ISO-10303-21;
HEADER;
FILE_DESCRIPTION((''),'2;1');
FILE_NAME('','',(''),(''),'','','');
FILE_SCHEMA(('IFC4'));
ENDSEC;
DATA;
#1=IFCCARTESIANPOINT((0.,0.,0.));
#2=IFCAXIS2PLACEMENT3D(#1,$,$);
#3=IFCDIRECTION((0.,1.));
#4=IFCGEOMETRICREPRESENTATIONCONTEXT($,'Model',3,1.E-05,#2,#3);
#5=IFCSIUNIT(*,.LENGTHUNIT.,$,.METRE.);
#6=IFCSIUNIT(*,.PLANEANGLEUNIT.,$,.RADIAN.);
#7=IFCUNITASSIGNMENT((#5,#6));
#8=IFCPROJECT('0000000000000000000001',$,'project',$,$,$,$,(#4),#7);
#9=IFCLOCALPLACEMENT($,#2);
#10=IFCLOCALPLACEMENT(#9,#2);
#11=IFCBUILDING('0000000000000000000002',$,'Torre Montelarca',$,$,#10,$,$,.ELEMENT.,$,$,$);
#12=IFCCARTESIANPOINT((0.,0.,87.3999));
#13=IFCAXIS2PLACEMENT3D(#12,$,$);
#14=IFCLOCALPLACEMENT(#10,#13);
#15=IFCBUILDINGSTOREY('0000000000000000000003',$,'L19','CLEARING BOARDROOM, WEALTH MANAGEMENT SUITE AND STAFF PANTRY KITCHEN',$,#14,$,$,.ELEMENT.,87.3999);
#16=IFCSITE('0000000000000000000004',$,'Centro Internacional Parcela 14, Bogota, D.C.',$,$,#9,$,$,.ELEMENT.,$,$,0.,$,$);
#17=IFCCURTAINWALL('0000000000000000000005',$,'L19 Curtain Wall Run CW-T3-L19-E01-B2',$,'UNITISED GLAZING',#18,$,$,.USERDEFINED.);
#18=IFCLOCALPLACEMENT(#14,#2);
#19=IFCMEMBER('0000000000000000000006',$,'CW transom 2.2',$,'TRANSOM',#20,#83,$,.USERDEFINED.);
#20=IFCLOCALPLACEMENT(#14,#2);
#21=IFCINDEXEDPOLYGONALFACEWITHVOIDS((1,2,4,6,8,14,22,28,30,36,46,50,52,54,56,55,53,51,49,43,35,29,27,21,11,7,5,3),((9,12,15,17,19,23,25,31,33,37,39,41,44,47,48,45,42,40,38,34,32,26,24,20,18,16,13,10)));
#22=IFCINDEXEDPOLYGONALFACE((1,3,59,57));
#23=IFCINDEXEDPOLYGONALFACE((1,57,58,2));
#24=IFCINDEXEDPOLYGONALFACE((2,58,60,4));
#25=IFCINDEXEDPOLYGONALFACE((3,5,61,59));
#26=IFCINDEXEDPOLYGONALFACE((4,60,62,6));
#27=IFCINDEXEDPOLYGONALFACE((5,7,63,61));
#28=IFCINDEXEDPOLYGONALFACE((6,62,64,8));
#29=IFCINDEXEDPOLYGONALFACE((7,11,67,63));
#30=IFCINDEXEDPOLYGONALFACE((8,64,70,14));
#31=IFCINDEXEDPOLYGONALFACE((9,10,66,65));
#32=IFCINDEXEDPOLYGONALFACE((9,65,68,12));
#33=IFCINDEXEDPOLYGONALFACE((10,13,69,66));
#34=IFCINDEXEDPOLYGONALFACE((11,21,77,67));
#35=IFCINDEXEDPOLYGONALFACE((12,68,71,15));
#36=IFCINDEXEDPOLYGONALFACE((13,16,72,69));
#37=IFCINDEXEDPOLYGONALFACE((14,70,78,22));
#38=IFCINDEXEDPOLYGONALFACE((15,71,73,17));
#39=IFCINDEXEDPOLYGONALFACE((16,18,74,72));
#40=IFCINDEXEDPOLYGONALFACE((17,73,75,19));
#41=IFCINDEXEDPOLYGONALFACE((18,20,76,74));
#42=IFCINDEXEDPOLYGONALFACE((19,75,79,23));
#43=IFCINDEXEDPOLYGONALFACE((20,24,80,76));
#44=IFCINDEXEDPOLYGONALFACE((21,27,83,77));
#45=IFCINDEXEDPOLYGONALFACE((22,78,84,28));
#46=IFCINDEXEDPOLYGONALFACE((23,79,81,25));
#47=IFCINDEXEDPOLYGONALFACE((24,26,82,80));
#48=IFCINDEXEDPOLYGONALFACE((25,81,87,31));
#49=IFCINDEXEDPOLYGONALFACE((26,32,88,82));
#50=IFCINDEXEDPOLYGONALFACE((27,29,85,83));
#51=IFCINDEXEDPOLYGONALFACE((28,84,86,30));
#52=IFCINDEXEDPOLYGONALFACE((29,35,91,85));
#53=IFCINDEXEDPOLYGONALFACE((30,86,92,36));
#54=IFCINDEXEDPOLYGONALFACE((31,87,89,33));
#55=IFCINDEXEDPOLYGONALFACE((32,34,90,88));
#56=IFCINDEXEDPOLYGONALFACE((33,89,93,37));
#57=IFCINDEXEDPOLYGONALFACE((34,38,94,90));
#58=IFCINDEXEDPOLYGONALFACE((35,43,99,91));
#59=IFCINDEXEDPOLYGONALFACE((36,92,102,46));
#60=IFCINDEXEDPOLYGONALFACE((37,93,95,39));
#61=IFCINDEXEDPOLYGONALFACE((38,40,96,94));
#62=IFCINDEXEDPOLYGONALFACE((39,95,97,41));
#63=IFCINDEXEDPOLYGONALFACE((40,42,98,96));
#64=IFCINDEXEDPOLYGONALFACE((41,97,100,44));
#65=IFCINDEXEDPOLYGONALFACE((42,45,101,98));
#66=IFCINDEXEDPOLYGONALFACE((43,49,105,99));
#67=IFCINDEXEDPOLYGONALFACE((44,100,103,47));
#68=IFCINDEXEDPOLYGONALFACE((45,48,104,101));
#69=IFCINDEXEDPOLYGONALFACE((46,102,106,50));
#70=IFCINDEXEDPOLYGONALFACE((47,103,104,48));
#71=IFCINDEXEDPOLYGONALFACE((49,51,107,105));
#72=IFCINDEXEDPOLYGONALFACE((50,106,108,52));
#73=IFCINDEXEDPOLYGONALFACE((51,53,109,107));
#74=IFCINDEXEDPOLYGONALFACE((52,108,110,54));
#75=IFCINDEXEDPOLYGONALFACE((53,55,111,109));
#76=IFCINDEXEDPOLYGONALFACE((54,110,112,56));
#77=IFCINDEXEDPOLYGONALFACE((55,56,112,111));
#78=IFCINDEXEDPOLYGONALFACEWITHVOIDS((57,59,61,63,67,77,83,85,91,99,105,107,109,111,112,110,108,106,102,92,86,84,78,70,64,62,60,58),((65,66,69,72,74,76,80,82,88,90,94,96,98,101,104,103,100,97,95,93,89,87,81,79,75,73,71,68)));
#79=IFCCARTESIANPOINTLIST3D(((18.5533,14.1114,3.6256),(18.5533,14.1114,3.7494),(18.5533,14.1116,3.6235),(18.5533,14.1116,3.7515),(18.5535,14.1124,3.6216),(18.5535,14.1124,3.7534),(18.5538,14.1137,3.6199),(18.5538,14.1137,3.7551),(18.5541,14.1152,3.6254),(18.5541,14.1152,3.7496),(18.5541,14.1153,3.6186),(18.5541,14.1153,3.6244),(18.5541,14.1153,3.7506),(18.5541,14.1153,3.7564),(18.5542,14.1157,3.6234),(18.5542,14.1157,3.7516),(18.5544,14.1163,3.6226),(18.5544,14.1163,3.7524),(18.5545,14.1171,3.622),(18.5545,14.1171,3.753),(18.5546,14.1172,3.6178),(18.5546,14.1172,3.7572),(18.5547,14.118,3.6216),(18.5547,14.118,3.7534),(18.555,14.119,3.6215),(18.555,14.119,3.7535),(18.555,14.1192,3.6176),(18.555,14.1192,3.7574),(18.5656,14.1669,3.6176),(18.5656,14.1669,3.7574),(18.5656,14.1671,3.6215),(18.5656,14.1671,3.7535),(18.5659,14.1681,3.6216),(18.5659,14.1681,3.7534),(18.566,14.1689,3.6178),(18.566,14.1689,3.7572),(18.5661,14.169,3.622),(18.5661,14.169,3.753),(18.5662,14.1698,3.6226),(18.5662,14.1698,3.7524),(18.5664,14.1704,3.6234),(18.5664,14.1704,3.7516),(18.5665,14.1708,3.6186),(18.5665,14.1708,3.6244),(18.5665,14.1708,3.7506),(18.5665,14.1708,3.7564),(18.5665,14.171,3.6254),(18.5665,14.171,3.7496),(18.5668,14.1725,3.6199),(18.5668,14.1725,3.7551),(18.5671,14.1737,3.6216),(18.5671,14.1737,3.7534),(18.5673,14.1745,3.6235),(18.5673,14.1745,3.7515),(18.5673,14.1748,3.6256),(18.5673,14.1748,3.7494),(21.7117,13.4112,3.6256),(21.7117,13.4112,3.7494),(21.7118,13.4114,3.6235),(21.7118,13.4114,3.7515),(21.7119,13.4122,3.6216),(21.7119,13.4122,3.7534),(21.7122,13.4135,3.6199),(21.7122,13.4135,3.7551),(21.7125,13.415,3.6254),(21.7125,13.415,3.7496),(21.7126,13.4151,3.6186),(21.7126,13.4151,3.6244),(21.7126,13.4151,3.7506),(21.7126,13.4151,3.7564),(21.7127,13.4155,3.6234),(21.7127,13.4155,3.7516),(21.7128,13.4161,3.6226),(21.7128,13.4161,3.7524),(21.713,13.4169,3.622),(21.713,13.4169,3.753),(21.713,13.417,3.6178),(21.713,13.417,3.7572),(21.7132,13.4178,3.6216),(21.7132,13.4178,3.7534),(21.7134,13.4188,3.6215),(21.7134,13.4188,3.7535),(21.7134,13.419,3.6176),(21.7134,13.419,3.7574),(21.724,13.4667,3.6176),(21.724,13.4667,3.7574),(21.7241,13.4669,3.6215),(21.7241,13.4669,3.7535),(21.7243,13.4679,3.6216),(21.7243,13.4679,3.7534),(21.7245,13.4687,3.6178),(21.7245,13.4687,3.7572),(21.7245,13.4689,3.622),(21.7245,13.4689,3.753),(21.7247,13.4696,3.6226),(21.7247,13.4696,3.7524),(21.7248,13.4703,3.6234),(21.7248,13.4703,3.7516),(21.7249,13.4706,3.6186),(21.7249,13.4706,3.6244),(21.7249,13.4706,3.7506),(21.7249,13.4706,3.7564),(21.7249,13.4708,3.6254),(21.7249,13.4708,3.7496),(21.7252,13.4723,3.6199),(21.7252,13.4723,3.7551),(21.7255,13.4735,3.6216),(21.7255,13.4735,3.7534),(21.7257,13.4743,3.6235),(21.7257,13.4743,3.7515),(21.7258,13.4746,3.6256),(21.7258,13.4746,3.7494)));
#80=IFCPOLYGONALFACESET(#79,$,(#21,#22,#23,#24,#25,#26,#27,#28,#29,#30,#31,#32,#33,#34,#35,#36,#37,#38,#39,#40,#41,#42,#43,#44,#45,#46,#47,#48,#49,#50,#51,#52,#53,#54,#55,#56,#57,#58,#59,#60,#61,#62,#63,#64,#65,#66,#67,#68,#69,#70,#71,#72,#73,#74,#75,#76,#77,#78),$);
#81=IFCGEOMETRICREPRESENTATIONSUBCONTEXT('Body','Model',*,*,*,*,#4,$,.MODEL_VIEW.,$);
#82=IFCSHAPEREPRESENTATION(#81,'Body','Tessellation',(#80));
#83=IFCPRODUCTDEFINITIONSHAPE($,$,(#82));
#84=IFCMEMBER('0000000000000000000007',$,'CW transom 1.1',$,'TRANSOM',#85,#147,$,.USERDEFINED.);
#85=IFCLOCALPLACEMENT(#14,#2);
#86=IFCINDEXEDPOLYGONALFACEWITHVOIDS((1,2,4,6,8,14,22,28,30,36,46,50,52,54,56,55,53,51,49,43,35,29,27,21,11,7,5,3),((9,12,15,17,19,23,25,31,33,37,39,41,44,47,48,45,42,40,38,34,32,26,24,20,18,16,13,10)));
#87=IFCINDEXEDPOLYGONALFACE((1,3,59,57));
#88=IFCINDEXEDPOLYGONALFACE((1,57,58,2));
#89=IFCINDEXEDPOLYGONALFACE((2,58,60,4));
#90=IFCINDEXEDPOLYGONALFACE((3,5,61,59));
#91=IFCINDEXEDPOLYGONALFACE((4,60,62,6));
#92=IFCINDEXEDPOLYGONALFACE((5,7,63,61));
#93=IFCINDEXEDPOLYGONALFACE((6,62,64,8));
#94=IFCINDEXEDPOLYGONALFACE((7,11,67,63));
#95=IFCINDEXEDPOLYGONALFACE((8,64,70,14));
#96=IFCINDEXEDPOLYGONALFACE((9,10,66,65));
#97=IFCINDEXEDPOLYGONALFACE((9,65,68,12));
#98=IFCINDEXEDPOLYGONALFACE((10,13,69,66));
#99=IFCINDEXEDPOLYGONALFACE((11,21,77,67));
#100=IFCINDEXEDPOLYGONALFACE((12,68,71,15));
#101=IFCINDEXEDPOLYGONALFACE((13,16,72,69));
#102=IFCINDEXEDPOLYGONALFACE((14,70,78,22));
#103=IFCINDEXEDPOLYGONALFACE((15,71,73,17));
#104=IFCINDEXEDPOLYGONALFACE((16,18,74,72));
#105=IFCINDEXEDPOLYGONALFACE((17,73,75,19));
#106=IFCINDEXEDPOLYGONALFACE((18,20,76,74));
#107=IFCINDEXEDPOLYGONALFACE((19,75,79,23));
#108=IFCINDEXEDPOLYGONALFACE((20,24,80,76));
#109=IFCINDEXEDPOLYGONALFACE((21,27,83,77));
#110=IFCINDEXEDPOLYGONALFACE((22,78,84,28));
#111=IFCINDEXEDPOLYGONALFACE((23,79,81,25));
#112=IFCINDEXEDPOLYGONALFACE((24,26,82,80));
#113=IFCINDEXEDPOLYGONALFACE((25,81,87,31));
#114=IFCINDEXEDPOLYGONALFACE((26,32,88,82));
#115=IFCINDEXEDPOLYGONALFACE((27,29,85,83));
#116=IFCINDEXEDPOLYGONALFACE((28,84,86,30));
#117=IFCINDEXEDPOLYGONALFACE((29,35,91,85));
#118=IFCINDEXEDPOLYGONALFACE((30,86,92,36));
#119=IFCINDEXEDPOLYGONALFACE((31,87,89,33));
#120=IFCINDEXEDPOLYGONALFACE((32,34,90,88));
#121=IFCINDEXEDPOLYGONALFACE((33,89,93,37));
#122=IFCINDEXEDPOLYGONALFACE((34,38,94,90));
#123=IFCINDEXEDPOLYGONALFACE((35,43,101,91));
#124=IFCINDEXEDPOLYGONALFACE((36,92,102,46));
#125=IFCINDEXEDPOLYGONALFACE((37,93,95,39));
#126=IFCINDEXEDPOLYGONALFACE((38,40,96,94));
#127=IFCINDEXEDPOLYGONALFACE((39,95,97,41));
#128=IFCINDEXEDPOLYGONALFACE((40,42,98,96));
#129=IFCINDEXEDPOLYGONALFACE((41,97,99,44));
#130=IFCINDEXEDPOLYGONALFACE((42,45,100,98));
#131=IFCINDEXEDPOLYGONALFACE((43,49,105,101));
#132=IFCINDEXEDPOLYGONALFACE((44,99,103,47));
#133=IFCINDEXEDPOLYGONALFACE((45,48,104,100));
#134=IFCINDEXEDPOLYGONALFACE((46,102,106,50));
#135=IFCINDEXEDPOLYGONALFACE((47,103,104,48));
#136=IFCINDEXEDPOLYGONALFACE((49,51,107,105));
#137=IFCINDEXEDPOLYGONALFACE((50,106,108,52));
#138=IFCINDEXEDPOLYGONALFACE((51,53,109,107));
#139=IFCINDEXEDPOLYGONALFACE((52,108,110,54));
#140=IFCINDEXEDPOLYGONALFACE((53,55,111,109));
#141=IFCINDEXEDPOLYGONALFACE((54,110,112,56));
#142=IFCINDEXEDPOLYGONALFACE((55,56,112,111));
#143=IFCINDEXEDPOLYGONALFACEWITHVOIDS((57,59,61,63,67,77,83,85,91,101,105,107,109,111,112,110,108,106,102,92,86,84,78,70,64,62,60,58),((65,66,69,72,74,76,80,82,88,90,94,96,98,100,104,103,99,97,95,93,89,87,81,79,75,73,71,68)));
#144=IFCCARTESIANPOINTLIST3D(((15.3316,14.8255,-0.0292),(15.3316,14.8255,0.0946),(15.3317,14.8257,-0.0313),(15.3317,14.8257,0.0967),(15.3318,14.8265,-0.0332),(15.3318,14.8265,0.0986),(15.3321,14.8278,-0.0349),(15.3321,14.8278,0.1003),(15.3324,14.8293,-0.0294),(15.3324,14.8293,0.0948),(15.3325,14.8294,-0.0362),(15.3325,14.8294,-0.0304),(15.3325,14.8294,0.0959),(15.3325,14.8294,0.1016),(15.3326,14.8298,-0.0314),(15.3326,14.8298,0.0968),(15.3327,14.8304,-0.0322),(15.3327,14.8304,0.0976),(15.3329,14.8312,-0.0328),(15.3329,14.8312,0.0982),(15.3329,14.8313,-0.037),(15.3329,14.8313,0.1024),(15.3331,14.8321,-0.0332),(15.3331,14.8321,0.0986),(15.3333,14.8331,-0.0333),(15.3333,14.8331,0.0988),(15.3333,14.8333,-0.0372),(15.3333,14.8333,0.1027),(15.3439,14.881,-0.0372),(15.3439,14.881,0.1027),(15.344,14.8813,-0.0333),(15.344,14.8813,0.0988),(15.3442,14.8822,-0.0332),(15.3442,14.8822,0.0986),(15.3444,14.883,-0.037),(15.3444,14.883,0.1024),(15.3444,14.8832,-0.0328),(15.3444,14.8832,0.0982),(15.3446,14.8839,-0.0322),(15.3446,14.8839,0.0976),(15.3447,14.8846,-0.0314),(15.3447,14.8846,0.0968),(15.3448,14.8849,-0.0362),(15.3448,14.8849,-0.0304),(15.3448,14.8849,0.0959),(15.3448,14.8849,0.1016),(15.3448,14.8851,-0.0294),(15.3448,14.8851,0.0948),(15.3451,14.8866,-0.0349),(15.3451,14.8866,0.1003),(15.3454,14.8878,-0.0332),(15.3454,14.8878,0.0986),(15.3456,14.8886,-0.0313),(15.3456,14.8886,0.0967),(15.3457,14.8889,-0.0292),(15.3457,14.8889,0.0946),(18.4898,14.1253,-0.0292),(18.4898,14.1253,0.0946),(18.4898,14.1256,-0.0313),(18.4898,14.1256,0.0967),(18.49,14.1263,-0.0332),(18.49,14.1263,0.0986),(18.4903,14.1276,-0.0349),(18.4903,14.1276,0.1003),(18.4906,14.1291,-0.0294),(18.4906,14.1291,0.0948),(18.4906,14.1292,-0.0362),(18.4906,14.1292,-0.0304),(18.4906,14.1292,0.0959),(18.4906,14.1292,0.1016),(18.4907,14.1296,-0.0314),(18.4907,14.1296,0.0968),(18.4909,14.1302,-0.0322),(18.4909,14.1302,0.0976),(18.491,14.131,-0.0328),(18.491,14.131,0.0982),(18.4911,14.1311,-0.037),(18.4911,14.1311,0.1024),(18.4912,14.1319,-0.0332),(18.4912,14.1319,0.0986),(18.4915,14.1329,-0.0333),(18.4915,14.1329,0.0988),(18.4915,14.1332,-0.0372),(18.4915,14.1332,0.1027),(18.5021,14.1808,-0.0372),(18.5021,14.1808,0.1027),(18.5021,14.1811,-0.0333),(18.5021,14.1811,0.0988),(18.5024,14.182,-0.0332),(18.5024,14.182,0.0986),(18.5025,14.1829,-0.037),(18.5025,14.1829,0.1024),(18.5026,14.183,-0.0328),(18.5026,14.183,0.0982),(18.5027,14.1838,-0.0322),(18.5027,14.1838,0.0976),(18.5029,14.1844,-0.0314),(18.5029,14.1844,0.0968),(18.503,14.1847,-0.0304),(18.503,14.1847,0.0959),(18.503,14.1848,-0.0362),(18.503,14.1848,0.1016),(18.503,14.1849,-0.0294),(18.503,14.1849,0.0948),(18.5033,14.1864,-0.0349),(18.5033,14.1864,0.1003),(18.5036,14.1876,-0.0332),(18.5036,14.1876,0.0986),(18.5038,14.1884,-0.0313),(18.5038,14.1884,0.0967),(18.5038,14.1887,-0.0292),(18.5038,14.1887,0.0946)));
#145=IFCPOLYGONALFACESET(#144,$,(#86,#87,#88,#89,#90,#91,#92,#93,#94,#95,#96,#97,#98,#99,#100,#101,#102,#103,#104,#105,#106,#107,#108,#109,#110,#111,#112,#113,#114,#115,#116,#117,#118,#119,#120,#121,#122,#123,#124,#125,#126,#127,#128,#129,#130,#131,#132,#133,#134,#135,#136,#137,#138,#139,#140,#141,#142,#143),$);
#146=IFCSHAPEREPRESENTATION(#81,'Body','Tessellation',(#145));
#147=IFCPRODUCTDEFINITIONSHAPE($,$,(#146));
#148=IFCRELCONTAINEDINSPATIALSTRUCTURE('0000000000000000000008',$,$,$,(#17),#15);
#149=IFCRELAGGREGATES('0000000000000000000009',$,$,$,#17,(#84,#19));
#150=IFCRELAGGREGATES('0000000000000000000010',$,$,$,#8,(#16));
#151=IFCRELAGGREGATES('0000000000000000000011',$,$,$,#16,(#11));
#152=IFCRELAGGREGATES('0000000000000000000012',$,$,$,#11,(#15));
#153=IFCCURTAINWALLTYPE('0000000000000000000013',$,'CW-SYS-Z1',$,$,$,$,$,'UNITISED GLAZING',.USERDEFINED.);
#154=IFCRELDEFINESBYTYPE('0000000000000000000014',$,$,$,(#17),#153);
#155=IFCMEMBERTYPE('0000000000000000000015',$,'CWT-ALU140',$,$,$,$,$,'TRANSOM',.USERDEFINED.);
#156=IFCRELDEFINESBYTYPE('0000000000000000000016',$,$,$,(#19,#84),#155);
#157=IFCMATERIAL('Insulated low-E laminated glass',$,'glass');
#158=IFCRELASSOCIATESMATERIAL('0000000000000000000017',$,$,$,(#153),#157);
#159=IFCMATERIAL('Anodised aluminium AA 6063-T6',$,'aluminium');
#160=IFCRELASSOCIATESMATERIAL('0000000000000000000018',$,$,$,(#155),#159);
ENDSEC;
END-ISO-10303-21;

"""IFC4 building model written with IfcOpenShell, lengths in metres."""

from ifc_helpers import new_model, si_unit, direction, frame, origin, origin_2d, place, context, subcontext, project, spatial, hollow_rectangle, extrude, source, transform, mapped, material, material_profile, profile_set, type_object, element, aggregate, save


model = new_model("IFC4")

# Units and contexts
model_context = context("Model", 3, precision=1e-05, world=origin(), true_north=direction((0.0, 1.0)))
body_context = subcontext(model_context, "Body", "Model", "MODEL_VIEW")
ifc_project = project(units=[si_unit("LENGTHUNIT", "METRE"), si_unit("PLANEANGLEUNIT", "RADIAN")], contexts=[model_context])

# Site, building, storey
site_placement = place(None, origin())
site = spatial("IfcSite", under=ifc_project, at=site_placement, Name="Centro Internacional Parcela 14, Bogota, D.C.", CompositionType="ELEMENT", RefElevation=0.0)
building_placement = place(site_placement, origin())
building = spatial("IfcBuilding", under=site, at=building_placement, Name="Torre Montelarca", CompositionType="ELEMENT")
storey_placement = place(building_placement, frame((0.0, 0.0, 87.3999)))
storey = spatial("IfcBuildingStorey", under=building, at=storey_placement, Name="L19", Description="CLEARING BOARDROOM, WEALTH MANAGEMENT SUITE AND STAFF PANTRY KITCHEN", CompositionType="ELEMENT", Elevation=87.3999)

# Curtain wall, members
ifc_material_1 = material(Name="Insulated low-E laminated glass", Category="glass")
curtain_wall_type = type_object("IfcCurtainWallType", Name="CW-SYS-Z1", ElementType="UNITISED GLAZING", PredefinedType="USERDEFINED", material=ifc_material_1)
ifc_material_2 = material(Name="Anodised aluminium AA 6063-T6", Category="aluminium")
ifc_material_profile_1 = material_profile(ifc_material_2, hollow_rectangle(XDim=0.0649, YDim=0.1399, WallThickness=0.0039, InnerFilletRadius=0.0039, OuterFilletRadius=0.0081, at=origin_2d()), Name="ALU65X140X4", Category="aluminium")
ifc_profile_set_1 = profile_set([ifc_material_profile_1], Name="Anodised aluminium AA 6063-T6")
member_type_1 = type_object("IfcMemberType", Name="CWT-ALU140", ElementType="TRANSOM", PredefinedType="USERDEFINED", material=ifc_profile_set_1)
curtain_wall_1_placement = place(storey_placement, origin())
curtain_wall_1 = element("IfcCurtainWall", 1, at=curtain_wall_1_placement, inside=storey, type_object=curtain_wall_type, Name="L19 Curtain Wall Run CW-T3-L19-E01-B2", ObjectType="UNITISED GLAZING", PredefinedType="USERDEFINED")
shared_shape_1 = source(origin(), body_context, "Body", "SweptSolid", [
    extrude(hollow_rectangle(XDim=0.0649, YDim=0.1399, WallThickness=0.0039, InnerFilletRadius=0.0039, OuterFilletRadius=0.0081, at=origin_2d()), origin(), (0.0, 0.0, 1.0), 3.2351),
])
member_1_placement = place(storey_placement, frame((18.5603, 14.1431, 3.6875), z_axis=(0.976297, -0.216435, 0.0), x_axis=(0.216435, 0.976297, 0.0)))
member_1 = element("IfcMember", 2, at=member_1_placement, type_object=member_type_1, Name="CW transom 2.2", ObjectType="TRANSOM", PredefinedType="USERDEFINED", context=body_context, shape_type="MappedRepresentation", body=[
    mapped(shared_shape_1, transform((0.0, 0.0, 0.0), scale=1.0)),
])
shared_shape_2 = source(origin(), body_context, "Body", "SweptSolid", [
    extrude(hollow_rectangle(XDim=0.0649, YDim=0.1399, WallThickness=0.0039, InnerFilletRadius=0.0039, OuterFilletRadius=0.0081, at=origin_2d()), origin(), (0.0, 0.0, 1.0), 3.2349),
])
member_2_placement = place(storey_placement, frame((15.3386, 14.8572, 0.0327), z_axis=(0.976293, -0.216451, 0.0), x_axis=(0.216451, 0.976293, 0.0)))
member_2 = element("IfcMember", 3, at=member_2_placement, type_object=member_type_1, Name="CW transom 1.1", ObjectType="TRANSOM", PredefinedType="USERDEFINED", context=body_context, shape_type="MappedRepresentation", body=[
    mapped(shared_shape_2, transform((0.0, 0.0, 0.0), scale=1.0)),
])

aggregate(curtain_wall_1, [member_2, member_1])

save(model, "model.ifc")
